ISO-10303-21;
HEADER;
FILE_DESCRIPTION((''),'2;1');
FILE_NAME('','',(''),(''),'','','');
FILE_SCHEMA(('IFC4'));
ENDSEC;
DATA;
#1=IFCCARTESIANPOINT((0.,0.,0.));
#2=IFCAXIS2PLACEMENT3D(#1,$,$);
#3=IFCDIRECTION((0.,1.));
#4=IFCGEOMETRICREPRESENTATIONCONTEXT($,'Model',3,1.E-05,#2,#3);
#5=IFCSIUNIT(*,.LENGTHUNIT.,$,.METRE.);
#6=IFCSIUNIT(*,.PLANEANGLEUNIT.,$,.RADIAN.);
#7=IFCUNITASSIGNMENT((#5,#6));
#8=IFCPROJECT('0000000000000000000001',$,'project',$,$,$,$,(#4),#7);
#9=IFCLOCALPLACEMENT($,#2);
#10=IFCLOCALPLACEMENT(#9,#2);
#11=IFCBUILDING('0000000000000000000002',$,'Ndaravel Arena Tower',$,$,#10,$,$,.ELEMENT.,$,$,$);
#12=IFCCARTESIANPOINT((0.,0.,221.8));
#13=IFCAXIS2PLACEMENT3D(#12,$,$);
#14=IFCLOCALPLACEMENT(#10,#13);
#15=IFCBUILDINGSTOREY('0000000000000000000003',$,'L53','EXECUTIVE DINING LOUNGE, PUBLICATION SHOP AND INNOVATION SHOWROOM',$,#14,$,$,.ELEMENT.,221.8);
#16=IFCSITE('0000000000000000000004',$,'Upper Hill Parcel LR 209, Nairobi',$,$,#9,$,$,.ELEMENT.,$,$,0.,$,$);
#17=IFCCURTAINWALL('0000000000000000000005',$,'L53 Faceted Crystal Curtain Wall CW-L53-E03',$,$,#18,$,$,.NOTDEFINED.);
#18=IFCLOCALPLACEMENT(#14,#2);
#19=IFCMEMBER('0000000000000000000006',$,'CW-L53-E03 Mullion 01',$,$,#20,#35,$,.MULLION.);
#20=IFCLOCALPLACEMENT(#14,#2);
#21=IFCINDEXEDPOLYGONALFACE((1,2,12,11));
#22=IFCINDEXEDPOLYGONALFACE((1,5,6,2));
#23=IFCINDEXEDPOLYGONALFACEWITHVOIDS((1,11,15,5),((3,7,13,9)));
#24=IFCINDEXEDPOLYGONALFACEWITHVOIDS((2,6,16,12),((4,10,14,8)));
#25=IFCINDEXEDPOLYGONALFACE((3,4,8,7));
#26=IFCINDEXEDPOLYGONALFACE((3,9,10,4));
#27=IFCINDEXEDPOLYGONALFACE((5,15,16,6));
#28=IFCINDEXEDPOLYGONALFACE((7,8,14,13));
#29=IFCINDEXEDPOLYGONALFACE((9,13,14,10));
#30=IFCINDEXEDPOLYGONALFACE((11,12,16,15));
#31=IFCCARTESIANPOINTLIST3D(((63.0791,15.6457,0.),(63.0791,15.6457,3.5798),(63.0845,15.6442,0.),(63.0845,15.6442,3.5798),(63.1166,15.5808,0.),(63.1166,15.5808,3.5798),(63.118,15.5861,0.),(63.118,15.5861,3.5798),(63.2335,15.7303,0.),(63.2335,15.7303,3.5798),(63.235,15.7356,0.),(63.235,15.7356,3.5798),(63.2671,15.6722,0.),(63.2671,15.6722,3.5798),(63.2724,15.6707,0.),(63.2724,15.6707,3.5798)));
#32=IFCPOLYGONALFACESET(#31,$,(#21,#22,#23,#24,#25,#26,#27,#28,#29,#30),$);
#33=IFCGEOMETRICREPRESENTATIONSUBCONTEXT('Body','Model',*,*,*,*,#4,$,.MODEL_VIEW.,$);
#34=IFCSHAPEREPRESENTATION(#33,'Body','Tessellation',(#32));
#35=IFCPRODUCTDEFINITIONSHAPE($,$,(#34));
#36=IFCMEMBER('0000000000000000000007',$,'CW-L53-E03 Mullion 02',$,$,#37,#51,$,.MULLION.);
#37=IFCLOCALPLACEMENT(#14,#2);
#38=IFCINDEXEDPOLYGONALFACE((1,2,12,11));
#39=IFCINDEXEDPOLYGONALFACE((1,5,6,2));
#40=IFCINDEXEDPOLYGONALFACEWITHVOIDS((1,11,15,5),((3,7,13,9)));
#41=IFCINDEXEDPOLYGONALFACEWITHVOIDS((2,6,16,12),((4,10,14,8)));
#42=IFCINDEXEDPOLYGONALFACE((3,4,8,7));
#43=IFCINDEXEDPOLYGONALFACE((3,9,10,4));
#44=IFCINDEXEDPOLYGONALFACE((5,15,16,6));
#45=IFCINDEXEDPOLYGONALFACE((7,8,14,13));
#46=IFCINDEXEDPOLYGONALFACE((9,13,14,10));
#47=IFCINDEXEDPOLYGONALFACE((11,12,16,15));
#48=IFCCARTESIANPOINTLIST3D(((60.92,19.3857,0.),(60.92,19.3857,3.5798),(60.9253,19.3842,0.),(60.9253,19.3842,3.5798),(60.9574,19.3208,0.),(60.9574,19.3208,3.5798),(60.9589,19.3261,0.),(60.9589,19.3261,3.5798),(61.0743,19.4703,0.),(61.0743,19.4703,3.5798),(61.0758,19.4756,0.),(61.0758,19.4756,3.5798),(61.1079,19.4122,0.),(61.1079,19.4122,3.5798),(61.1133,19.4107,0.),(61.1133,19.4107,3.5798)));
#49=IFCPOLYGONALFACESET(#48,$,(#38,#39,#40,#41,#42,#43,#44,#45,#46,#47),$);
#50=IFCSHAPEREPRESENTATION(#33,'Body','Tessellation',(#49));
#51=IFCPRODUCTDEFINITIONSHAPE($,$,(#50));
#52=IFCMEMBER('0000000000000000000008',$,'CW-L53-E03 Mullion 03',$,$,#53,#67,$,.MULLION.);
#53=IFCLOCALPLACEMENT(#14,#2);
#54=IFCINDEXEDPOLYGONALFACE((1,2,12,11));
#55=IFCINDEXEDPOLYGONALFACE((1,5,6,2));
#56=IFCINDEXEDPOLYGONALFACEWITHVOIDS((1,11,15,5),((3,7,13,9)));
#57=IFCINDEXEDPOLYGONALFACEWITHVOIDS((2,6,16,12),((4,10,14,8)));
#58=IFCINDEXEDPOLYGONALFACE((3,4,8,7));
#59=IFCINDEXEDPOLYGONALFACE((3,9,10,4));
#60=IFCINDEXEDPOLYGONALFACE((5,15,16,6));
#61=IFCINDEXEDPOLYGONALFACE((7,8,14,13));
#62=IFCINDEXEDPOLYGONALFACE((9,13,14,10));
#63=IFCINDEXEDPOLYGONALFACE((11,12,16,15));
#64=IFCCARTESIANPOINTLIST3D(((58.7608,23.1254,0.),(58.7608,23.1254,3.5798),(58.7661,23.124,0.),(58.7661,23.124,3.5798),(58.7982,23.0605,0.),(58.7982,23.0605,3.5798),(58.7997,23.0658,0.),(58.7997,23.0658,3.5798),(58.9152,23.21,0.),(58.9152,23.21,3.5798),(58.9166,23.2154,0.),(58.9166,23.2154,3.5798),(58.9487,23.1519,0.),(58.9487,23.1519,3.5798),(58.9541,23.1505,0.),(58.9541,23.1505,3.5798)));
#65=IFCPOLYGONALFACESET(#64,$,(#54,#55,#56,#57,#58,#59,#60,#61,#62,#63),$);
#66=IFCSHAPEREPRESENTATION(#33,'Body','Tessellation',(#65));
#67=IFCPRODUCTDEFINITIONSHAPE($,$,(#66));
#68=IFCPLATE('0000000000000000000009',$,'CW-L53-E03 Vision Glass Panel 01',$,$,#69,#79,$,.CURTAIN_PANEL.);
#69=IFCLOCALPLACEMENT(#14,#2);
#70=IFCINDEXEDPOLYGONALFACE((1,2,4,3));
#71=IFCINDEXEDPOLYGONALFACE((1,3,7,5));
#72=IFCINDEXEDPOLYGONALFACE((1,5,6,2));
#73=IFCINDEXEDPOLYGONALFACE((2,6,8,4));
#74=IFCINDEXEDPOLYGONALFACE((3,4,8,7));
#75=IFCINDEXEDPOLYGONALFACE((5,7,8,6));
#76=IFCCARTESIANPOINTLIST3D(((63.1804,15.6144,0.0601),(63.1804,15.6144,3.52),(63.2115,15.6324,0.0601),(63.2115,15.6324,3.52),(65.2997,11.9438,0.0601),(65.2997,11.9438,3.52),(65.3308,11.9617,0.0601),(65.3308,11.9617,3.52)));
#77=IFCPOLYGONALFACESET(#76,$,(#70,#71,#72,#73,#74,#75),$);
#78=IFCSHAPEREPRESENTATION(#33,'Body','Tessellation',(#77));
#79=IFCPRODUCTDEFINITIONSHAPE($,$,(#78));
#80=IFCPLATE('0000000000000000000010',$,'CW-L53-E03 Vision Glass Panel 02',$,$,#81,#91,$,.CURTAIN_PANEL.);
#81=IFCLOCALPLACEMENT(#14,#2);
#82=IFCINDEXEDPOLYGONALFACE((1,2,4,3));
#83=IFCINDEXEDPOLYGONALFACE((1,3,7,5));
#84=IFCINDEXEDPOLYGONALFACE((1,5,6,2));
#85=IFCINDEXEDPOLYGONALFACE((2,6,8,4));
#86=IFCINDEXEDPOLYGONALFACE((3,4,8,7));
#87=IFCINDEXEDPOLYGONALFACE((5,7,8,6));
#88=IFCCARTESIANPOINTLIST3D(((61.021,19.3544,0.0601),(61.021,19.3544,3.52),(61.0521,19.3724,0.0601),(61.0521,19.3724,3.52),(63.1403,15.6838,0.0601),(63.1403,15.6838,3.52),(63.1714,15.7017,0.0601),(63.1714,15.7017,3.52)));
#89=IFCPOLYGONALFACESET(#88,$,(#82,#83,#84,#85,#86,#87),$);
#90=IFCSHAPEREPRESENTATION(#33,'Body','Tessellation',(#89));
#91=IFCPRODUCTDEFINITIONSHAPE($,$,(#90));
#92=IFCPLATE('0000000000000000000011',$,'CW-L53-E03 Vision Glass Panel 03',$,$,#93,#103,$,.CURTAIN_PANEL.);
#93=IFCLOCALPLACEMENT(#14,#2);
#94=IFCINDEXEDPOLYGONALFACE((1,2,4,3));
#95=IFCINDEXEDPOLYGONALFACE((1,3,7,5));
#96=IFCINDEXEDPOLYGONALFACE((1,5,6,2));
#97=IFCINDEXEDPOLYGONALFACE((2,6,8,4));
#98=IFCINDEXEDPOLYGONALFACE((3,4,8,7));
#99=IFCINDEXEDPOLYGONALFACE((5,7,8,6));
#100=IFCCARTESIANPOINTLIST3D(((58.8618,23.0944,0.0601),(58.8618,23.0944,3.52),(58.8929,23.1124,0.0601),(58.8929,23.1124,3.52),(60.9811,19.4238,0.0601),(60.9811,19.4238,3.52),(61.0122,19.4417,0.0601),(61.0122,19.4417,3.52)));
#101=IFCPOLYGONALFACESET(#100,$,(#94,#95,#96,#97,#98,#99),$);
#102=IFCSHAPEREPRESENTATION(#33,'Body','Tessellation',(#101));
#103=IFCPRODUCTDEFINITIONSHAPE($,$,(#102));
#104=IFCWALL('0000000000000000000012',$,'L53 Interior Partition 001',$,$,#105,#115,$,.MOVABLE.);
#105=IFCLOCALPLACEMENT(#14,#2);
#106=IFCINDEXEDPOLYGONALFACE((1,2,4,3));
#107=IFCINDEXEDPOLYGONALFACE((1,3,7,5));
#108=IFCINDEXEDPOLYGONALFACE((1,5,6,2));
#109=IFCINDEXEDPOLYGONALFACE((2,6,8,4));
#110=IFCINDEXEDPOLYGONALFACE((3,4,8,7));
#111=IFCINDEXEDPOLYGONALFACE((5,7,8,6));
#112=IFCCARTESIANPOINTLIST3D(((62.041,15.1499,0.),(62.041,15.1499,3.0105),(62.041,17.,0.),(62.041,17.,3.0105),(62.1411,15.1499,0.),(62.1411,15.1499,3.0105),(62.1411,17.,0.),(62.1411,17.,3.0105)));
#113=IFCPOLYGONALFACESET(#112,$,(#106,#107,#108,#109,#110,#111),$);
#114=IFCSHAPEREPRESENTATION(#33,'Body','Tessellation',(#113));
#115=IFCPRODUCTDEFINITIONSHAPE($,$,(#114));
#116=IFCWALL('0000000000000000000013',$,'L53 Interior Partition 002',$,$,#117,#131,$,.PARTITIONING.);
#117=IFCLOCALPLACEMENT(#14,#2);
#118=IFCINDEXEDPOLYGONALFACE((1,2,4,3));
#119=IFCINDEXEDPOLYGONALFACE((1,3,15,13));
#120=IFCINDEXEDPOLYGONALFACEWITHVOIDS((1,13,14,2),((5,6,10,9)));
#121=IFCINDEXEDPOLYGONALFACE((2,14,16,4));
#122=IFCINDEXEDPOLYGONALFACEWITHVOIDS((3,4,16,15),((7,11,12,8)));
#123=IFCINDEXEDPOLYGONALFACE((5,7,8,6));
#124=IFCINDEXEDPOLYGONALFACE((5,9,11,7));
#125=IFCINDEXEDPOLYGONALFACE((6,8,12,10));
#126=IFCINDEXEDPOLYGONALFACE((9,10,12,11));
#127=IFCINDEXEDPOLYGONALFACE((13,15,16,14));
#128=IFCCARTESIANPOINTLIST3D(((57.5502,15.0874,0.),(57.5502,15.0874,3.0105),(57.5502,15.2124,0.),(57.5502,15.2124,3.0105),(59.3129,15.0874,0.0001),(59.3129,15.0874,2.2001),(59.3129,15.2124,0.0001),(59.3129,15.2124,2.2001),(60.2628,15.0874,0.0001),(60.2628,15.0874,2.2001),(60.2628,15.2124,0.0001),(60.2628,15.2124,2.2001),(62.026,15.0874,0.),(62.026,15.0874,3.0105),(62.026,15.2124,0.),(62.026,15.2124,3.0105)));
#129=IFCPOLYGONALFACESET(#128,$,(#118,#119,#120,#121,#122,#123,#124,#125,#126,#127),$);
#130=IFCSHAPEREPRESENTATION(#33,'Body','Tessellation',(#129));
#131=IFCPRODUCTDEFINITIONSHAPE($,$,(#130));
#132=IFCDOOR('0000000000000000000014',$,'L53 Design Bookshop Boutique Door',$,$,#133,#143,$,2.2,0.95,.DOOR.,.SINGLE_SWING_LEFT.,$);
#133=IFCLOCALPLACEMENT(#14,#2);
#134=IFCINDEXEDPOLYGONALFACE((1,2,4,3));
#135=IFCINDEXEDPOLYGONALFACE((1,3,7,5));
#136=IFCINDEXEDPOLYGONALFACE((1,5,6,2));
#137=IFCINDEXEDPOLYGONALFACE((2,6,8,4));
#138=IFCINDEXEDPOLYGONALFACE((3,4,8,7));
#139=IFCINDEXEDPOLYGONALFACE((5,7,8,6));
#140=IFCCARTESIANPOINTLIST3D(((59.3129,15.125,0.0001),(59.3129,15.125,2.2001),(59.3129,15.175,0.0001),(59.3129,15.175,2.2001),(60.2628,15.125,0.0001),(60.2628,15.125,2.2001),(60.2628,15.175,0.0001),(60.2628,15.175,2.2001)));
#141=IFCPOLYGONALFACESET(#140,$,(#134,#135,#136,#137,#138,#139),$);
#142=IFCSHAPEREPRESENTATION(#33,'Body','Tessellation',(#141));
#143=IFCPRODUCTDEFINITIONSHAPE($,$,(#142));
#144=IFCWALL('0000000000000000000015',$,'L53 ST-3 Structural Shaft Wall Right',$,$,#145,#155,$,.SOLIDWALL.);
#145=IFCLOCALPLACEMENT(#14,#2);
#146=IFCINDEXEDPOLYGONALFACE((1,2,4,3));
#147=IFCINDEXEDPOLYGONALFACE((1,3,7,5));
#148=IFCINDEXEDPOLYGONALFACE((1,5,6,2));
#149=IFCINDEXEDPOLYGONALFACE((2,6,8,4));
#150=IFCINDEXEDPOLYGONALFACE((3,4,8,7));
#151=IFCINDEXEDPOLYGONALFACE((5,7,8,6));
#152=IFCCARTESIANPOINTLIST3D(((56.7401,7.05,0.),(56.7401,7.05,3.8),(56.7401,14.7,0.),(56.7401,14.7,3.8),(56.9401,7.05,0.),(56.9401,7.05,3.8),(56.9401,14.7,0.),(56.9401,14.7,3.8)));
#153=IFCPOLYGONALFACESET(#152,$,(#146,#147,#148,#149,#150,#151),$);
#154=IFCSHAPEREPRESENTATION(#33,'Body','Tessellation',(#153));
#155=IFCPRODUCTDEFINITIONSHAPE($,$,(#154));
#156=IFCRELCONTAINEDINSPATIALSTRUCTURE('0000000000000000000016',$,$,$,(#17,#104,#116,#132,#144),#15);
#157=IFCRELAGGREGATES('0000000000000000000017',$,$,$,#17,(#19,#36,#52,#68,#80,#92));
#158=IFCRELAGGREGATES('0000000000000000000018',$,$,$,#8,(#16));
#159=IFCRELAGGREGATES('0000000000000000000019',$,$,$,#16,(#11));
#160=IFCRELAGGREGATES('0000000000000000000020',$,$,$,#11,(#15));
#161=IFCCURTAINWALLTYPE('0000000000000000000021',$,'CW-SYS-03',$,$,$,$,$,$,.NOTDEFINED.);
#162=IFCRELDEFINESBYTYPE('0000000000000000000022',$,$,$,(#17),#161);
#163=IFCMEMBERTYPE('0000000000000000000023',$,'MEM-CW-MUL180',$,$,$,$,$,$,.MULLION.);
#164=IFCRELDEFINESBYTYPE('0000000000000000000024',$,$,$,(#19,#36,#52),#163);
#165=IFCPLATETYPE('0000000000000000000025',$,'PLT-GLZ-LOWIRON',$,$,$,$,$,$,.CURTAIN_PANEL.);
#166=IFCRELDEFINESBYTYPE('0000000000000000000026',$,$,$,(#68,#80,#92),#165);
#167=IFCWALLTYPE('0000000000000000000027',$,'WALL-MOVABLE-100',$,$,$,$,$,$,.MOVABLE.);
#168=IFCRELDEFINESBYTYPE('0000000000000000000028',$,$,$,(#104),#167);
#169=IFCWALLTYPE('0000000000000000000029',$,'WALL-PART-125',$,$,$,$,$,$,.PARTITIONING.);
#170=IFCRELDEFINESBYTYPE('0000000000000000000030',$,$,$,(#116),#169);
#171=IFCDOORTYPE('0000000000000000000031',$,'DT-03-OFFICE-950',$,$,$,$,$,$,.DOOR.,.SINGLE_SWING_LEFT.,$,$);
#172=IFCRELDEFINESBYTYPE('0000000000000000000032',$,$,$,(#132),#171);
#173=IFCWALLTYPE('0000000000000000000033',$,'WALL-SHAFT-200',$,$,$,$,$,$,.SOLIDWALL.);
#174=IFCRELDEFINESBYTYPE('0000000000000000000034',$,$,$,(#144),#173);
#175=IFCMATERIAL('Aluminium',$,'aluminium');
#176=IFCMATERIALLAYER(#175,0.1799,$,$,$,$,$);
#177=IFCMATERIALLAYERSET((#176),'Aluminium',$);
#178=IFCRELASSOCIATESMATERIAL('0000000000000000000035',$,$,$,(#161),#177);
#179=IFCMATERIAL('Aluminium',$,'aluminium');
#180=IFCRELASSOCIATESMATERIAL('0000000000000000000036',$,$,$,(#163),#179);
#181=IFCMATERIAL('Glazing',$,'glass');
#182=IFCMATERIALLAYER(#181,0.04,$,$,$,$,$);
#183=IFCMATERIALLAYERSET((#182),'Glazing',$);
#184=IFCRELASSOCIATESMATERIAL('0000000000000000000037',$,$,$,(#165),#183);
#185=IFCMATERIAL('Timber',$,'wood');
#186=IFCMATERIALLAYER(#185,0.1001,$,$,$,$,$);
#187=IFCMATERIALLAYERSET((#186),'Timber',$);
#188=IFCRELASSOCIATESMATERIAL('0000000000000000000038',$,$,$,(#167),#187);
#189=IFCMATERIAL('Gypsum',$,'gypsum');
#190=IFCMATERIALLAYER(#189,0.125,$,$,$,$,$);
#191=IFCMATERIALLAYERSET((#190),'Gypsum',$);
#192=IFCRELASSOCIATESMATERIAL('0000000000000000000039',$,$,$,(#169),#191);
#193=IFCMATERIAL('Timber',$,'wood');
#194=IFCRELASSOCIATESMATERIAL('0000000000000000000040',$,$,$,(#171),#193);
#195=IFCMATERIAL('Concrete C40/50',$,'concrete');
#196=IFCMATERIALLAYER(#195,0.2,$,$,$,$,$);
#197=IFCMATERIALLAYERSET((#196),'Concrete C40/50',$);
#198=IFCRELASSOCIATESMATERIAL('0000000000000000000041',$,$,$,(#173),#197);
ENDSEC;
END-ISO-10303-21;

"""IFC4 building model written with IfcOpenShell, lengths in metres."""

from ifc_helpers import new_model, si_unit, direction, frame, frame_2d, origin, origin_2d, place, context, subcontext, project, spatial, rectangle, hollow_rectangle, extrude, material, layer, layer_set, material_profile, profile_set, type_object, element, fill, aggregate, save


model = new_model("IFC4")

# Units and contexts
model_context = context("Model", 3, precision=1e-05, world=origin(), true_north=direction((0.0, 1.0)))
body_context = subcontext(model_context, "Body", "Model", "MODEL_VIEW")
ifc_project = project(units=[si_unit("LENGTHUNIT", "METRE"), si_unit("PLANEANGLEUNIT", "RADIAN")], contexts=[model_context])

# Site, building, storey
site_placement = place(None, origin())
site = spatial("IfcSite", under=ifc_project, at=site_placement, Name="Upper Hill Parcel LR 209, Nairobi", CompositionType="ELEMENT", RefElevation=0.0)
building_placement = place(site_placement, origin())
building = spatial("IfcBuilding", under=site, at=building_placement, Name="Ndaravel Arena Tower", CompositionType="ELEMENT")
storey_placement = place(building_placement, frame((0.0, 0.0, 221.8)))
storey = spatial("IfcBuildingStorey", under=building, at=storey_placement, Name="L53", Description="EXECUTIVE DINING LOUNGE, PUBLICATION SHOP AND INNOVATION SHOWROOM", CompositionType="ELEMENT", Elevation=221.8)

# Curtain wall, members, plates
ifc_material_1 = material(Name="Aluminium", Category="aluminium")
ifc_layer_1 = layer(ifc_material_1, 0.1799)
ifc_layer_set_1 = layer_set([ifc_layer_1], Name="Aluminium")
curtain_wall_type = type_object("IfcCurtainWallType", Name="CW-SYS-03", PredefinedType="NOTDEFINED", material=ifc_layer_set_1)
curtain_wall_placement = place(storey_placement, origin())
curtain_wall = element("IfcCurtainWall", 1, at=curtain_wall_placement, inside=storey, type_object=curtain_wall_type, Name="L53 Faceted Crystal Curtain Wall CW-L53-E03", PredefinedType="NOTDEFINED")
ifc_material_2 = material(Name="Aluminium", Category="aluminium")
ifc_material_profile = material_profile(ifc_material_2, hollow_rectangle(XDim=0.075, YDim=0.1799, WallThickness=0.0039, at=origin_2d()), Name="CW MULLION 75x180x4")
ifc_profile_set = profile_set([ifc_material_profile], Name="Aluminium")
member_type = type_object("IfcMemberType", Name="MEM-CW-MUL180", PredefinedType="MULLION", material=ifc_profile_set)
member_1_placement = place(storey_placement, frame((63.1758, 15.6582, 0.0), z_axis=(0.0, 0.0, 1.0), x_axis=(-0.5, 0.866025, 0.0)))
member_1 = element("IfcMember", 2, at=member_1_placement, type_object=member_type, Name="CW-L53-E03 Mullion 01", PredefinedType="MULLION", context=body_context, shape_type="SweptSolid", body=[
    extrude(hollow_rectangle(XDim=0.075, YDim=0.1799, WallThickness=0.0039, at=origin_2d()), origin(), (0.0, 0.0, 1.0), 3.5798),
])
member_2_placement = place(storey_placement, frame((61.0166, 19.3982, 0.0), z_axis=(0.0, 0.0, 1.0), x_axis=(-0.5, 0.866025, 0.0)))
member_2 = element("IfcMember", 3, at=member_2_placement, type_object=member_type, Name="CW-L53-E03 Mullion 02", PredefinedType="MULLION", context=body_context, shape_type="SweptSolid", body=[
    extrude(hollow_rectangle(XDim=0.075, YDim=0.1799, WallThickness=0.0039, at=origin_2d()), origin(), (0.0, 0.0, 1.0), 3.5798),
])
member_3_placement = place(storey_placement, frame((58.8574, 23.1379, 0.0), z_axis=(0.0, 0.0, 1.0), x_axis=(-0.5, 0.866025, 0.0)))
member_3 = element("IfcMember", 4, at=member_3_placement, type_object=member_type, Name="CW-L53-E03 Mullion 03", PredefinedType="MULLION", context=body_context, shape_type="SweptSolid", body=[
    extrude(hollow_rectangle(XDim=0.075, YDim=0.1799, WallThickness=0.0039, at=origin_2d()), origin(), (0.0, 0.0, 1.0), 3.5798),
])
ifc_material_3 = material(Name="Glazing", Category="glass")
ifc_layer_2 = layer(ifc_material_3, 0.04)
ifc_layer_set_2 = layer_set([ifc_layer_2], Name="Glazing")
plate_type = type_object("IfcPlateType", Name="PLT-GLZ-LOWIRON", PredefinedType="CURTAIN_PANEL", material=ifc_layer_set_2)
plate_1_placement = place(storey_placement, frame((64.2556, 13.7881, 0.0601), z_axis=(0.0, 0.0, 1.0), x_axis=(-0.5, 0.866025, 0.0)))
plate_1 = element("IfcPlate", 5, at=plate_1_placement, type_object=plate_type, Name="CW-L53-E03 Vision Glass Panel 01", PredefinedType="CURTAIN_PANEL", context=body_context, shape_type="SweptSolid", body=[
    extrude(rectangle(XDim=4.2385, YDim=0.0359, at=origin_2d()), origin(), (0.0, 0.0, 1.0), 3.46),
])
plate_2_placement = place(storey_placement, frame((62.0962, 17.5281, 0.0601), z_axis=(0.0, 0.0, 1.0), x_axis=(-0.5, 0.866025, 0.0)))
plate_2 = element("IfcPlate", 6, at=plate_2_placement, type_object=plate_type, Name="CW-L53-E03 Vision Glass Panel 02", PredefinedType="CURTAIN_PANEL", context=body_context, shape_type="SweptSolid", body=[
    extrude(rectangle(XDim=4.2385, YDim=0.0359, at=origin_2d()), origin(), (0.0, 0.0, 1.0), 3.46),
])
plate_3_placement = place(storey_placement, frame((59.937, 21.2681, 0.0601), z_axis=(0.0, 0.0, 1.0), x_axis=(-0.5, 0.866025, 0.0)))
plate_3 = element("IfcPlate", 7, at=plate_3_placement, type_object=plate_type, Name="CW-L53-E03 Vision Glass Panel 03", PredefinedType="CURTAIN_PANEL", context=body_context, shape_type="SweptSolid", body=[
    extrude(rectangle(XDim=4.2385, YDim=0.0359, at=origin_2d()), origin(), (0.0, 0.0, 1.0), 3.46),
])
aggregate(curtain_wall, [member_1, member_2, member_3, plate_1, plate_2, plate_3])

# Wall
ifc_material_4 = material(Name="Timber", Category="wood")
ifc_layer_3 = layer(ifc_material_4, 0.1001)
ifc_layer_set_3 = layer_set([ifc_layer_3], Name="Timber")
wall_type_1 = type_object("IfcWallType", Name="WALL-MOVABLE-100", PredefinedType="MOVABLE", material=ifc_layer_set_3)
wall_1_placement = place(storey_placement, frame((62.0911, 17.0, 0.0), z_axis=(0.0, 0.0, 1.0), x_axis=(0.0, -1.0, 0.0)))
element("IfcWall", 8, at=wall_1_placement, inside=storey, type_object=wall_type_1, Name="L53 Interior Partition 001", PredefinedType="MOVABLE", context=body_context, shape_type="SweptSolid", body=[
    extrude(rectangle(XDim=1.8501, YDim=0.1001, at=frame_2d((0.925, 0.0))), origin(), (0.0, 0.0, 1.0), 3.0105),
])

# Wall, opening, door
ifc_material_5 = material(Name="Gypsum", Category="gypsum")
ifc_layer_4 = layer(ifc_material_5, 0.125)
ifc_layer_set_4 = layer_set([ifc_layer_4], Name="Gypsum")
wall_type_2 = type_object("IfcWallType", Name="WALL-PART-125", PredefinedType="PARTITIONING", material=ifc_layer_set_4)
wall_2_placement = place(storey_placement, frame((62.0259, 15.1499, 0.0), z_axis=(0.0, 0.0, 1.0), x_axis=(-1.0, 0.0, 0.0)))
wall_2 = element("IfcWall", 9, at=wall_2_placement, inside=storey, type_object=wall_type_2, Name="L53 Interior Partition 002", PredefinedType="PARTITIONING", context=body_context, shape_type="SweptSolid", body=[
    extrude(rectangle(XDim=4.4758, YDim=0.125, at=frame_2d((2.2378, 0.0))), origin(), (0.0, 0.0, 1.0), 3.0105),
])
opening_1_placement = place(wall_2_placement, frame((1.7629, 0.0, 0.0)))
opening_1 = element("IfcOpeningElement", 10, at=opening_1_placement, cuts=wall_2, PredefinedType="OPENING", context=body_context, shape_type="SweptSolid", body=[
    extrude(rectangle(XDim=0.95, YDim=2.2, at=frame_2d((0.4751, 1.1001))), frame((0.0, 0.0625, 0.0), z_axis=(0.0, -1.0, 0.0), x_axis=(1.0, 0.0, 0.0)), (0.0, 0.0, 1.0), 0.125),
])
ifc_material_6 = material(Name="Timber", Category="wood")
door_type_1 = type_object("IfcDoorType", Name="DT-03-OFFICE-950", OperationType="SINGLE_SWING_LEFT", PredefinedType="DOOR", material=ifc_material_6)
door_1_placement = place(opening_1_placement, origin())
door_1 = element("IfcDoor", 11, at=door_1_placement, inside=storey, type_object=door_type_1, Name="L53 Design Bookshop Boutique Door", OperationType="SINGLE_SWING_LEFT", OverallHeight=2.2, OverallWidth=0.95, PredefinedType="DOOR", context=body_context, shape_type="SweptSolid", body=[
    extrude(rectangle(XDim=0.95, YDim=2.2, at=frame_2d((0.4751, 1.1001))), frame((0.0, 0.0249, 0.0), z_axis=(0.0, -1.0, 0.0), x_axis=(1.0, 0.0, 0.0)), (0.0, 0.0, 1.0), 0.05),
])
fill(opening_1, door_1)

# Wall
ifc_material_7 = material(Name="Concrete C40/50", Category="concrete")
ifc_layer_5 = layer(ifc_material_7, 0.2)
ifc_layer_set_5 = layer_set([ifc_layer_5], Name="Concrete C40/50")
wall_type_3 = type_object("IfcWallType", Name="WALL-SHAFT-200", PredefinedType="SOLIDWALL", material=ifc_layer_set_5)
wall_3_placement = place(storey_placement, frame((56.8401, 14.7, 0.0), z_axis=(0.0, 0.0, 1.0), x_axis=(0.0, -1.0, 0.0)))
element("IfcWall", 12, at=wall_3_placement, inside=storey, type_object=wall_type_3, Name="L53 ST-3 Structural Shaft Wall Right", PredefinedType="SOLIDWALL", context=body_context, shape_type="SweptSolid", body=[
    extrude(rectangle(XDim=7.6499, YDim=0.2, at=frame_2d((3.825, 0.0))), origin(), (0.0, 0.0, 1.0), 3.8),
])

save(model, "model.ifc")
